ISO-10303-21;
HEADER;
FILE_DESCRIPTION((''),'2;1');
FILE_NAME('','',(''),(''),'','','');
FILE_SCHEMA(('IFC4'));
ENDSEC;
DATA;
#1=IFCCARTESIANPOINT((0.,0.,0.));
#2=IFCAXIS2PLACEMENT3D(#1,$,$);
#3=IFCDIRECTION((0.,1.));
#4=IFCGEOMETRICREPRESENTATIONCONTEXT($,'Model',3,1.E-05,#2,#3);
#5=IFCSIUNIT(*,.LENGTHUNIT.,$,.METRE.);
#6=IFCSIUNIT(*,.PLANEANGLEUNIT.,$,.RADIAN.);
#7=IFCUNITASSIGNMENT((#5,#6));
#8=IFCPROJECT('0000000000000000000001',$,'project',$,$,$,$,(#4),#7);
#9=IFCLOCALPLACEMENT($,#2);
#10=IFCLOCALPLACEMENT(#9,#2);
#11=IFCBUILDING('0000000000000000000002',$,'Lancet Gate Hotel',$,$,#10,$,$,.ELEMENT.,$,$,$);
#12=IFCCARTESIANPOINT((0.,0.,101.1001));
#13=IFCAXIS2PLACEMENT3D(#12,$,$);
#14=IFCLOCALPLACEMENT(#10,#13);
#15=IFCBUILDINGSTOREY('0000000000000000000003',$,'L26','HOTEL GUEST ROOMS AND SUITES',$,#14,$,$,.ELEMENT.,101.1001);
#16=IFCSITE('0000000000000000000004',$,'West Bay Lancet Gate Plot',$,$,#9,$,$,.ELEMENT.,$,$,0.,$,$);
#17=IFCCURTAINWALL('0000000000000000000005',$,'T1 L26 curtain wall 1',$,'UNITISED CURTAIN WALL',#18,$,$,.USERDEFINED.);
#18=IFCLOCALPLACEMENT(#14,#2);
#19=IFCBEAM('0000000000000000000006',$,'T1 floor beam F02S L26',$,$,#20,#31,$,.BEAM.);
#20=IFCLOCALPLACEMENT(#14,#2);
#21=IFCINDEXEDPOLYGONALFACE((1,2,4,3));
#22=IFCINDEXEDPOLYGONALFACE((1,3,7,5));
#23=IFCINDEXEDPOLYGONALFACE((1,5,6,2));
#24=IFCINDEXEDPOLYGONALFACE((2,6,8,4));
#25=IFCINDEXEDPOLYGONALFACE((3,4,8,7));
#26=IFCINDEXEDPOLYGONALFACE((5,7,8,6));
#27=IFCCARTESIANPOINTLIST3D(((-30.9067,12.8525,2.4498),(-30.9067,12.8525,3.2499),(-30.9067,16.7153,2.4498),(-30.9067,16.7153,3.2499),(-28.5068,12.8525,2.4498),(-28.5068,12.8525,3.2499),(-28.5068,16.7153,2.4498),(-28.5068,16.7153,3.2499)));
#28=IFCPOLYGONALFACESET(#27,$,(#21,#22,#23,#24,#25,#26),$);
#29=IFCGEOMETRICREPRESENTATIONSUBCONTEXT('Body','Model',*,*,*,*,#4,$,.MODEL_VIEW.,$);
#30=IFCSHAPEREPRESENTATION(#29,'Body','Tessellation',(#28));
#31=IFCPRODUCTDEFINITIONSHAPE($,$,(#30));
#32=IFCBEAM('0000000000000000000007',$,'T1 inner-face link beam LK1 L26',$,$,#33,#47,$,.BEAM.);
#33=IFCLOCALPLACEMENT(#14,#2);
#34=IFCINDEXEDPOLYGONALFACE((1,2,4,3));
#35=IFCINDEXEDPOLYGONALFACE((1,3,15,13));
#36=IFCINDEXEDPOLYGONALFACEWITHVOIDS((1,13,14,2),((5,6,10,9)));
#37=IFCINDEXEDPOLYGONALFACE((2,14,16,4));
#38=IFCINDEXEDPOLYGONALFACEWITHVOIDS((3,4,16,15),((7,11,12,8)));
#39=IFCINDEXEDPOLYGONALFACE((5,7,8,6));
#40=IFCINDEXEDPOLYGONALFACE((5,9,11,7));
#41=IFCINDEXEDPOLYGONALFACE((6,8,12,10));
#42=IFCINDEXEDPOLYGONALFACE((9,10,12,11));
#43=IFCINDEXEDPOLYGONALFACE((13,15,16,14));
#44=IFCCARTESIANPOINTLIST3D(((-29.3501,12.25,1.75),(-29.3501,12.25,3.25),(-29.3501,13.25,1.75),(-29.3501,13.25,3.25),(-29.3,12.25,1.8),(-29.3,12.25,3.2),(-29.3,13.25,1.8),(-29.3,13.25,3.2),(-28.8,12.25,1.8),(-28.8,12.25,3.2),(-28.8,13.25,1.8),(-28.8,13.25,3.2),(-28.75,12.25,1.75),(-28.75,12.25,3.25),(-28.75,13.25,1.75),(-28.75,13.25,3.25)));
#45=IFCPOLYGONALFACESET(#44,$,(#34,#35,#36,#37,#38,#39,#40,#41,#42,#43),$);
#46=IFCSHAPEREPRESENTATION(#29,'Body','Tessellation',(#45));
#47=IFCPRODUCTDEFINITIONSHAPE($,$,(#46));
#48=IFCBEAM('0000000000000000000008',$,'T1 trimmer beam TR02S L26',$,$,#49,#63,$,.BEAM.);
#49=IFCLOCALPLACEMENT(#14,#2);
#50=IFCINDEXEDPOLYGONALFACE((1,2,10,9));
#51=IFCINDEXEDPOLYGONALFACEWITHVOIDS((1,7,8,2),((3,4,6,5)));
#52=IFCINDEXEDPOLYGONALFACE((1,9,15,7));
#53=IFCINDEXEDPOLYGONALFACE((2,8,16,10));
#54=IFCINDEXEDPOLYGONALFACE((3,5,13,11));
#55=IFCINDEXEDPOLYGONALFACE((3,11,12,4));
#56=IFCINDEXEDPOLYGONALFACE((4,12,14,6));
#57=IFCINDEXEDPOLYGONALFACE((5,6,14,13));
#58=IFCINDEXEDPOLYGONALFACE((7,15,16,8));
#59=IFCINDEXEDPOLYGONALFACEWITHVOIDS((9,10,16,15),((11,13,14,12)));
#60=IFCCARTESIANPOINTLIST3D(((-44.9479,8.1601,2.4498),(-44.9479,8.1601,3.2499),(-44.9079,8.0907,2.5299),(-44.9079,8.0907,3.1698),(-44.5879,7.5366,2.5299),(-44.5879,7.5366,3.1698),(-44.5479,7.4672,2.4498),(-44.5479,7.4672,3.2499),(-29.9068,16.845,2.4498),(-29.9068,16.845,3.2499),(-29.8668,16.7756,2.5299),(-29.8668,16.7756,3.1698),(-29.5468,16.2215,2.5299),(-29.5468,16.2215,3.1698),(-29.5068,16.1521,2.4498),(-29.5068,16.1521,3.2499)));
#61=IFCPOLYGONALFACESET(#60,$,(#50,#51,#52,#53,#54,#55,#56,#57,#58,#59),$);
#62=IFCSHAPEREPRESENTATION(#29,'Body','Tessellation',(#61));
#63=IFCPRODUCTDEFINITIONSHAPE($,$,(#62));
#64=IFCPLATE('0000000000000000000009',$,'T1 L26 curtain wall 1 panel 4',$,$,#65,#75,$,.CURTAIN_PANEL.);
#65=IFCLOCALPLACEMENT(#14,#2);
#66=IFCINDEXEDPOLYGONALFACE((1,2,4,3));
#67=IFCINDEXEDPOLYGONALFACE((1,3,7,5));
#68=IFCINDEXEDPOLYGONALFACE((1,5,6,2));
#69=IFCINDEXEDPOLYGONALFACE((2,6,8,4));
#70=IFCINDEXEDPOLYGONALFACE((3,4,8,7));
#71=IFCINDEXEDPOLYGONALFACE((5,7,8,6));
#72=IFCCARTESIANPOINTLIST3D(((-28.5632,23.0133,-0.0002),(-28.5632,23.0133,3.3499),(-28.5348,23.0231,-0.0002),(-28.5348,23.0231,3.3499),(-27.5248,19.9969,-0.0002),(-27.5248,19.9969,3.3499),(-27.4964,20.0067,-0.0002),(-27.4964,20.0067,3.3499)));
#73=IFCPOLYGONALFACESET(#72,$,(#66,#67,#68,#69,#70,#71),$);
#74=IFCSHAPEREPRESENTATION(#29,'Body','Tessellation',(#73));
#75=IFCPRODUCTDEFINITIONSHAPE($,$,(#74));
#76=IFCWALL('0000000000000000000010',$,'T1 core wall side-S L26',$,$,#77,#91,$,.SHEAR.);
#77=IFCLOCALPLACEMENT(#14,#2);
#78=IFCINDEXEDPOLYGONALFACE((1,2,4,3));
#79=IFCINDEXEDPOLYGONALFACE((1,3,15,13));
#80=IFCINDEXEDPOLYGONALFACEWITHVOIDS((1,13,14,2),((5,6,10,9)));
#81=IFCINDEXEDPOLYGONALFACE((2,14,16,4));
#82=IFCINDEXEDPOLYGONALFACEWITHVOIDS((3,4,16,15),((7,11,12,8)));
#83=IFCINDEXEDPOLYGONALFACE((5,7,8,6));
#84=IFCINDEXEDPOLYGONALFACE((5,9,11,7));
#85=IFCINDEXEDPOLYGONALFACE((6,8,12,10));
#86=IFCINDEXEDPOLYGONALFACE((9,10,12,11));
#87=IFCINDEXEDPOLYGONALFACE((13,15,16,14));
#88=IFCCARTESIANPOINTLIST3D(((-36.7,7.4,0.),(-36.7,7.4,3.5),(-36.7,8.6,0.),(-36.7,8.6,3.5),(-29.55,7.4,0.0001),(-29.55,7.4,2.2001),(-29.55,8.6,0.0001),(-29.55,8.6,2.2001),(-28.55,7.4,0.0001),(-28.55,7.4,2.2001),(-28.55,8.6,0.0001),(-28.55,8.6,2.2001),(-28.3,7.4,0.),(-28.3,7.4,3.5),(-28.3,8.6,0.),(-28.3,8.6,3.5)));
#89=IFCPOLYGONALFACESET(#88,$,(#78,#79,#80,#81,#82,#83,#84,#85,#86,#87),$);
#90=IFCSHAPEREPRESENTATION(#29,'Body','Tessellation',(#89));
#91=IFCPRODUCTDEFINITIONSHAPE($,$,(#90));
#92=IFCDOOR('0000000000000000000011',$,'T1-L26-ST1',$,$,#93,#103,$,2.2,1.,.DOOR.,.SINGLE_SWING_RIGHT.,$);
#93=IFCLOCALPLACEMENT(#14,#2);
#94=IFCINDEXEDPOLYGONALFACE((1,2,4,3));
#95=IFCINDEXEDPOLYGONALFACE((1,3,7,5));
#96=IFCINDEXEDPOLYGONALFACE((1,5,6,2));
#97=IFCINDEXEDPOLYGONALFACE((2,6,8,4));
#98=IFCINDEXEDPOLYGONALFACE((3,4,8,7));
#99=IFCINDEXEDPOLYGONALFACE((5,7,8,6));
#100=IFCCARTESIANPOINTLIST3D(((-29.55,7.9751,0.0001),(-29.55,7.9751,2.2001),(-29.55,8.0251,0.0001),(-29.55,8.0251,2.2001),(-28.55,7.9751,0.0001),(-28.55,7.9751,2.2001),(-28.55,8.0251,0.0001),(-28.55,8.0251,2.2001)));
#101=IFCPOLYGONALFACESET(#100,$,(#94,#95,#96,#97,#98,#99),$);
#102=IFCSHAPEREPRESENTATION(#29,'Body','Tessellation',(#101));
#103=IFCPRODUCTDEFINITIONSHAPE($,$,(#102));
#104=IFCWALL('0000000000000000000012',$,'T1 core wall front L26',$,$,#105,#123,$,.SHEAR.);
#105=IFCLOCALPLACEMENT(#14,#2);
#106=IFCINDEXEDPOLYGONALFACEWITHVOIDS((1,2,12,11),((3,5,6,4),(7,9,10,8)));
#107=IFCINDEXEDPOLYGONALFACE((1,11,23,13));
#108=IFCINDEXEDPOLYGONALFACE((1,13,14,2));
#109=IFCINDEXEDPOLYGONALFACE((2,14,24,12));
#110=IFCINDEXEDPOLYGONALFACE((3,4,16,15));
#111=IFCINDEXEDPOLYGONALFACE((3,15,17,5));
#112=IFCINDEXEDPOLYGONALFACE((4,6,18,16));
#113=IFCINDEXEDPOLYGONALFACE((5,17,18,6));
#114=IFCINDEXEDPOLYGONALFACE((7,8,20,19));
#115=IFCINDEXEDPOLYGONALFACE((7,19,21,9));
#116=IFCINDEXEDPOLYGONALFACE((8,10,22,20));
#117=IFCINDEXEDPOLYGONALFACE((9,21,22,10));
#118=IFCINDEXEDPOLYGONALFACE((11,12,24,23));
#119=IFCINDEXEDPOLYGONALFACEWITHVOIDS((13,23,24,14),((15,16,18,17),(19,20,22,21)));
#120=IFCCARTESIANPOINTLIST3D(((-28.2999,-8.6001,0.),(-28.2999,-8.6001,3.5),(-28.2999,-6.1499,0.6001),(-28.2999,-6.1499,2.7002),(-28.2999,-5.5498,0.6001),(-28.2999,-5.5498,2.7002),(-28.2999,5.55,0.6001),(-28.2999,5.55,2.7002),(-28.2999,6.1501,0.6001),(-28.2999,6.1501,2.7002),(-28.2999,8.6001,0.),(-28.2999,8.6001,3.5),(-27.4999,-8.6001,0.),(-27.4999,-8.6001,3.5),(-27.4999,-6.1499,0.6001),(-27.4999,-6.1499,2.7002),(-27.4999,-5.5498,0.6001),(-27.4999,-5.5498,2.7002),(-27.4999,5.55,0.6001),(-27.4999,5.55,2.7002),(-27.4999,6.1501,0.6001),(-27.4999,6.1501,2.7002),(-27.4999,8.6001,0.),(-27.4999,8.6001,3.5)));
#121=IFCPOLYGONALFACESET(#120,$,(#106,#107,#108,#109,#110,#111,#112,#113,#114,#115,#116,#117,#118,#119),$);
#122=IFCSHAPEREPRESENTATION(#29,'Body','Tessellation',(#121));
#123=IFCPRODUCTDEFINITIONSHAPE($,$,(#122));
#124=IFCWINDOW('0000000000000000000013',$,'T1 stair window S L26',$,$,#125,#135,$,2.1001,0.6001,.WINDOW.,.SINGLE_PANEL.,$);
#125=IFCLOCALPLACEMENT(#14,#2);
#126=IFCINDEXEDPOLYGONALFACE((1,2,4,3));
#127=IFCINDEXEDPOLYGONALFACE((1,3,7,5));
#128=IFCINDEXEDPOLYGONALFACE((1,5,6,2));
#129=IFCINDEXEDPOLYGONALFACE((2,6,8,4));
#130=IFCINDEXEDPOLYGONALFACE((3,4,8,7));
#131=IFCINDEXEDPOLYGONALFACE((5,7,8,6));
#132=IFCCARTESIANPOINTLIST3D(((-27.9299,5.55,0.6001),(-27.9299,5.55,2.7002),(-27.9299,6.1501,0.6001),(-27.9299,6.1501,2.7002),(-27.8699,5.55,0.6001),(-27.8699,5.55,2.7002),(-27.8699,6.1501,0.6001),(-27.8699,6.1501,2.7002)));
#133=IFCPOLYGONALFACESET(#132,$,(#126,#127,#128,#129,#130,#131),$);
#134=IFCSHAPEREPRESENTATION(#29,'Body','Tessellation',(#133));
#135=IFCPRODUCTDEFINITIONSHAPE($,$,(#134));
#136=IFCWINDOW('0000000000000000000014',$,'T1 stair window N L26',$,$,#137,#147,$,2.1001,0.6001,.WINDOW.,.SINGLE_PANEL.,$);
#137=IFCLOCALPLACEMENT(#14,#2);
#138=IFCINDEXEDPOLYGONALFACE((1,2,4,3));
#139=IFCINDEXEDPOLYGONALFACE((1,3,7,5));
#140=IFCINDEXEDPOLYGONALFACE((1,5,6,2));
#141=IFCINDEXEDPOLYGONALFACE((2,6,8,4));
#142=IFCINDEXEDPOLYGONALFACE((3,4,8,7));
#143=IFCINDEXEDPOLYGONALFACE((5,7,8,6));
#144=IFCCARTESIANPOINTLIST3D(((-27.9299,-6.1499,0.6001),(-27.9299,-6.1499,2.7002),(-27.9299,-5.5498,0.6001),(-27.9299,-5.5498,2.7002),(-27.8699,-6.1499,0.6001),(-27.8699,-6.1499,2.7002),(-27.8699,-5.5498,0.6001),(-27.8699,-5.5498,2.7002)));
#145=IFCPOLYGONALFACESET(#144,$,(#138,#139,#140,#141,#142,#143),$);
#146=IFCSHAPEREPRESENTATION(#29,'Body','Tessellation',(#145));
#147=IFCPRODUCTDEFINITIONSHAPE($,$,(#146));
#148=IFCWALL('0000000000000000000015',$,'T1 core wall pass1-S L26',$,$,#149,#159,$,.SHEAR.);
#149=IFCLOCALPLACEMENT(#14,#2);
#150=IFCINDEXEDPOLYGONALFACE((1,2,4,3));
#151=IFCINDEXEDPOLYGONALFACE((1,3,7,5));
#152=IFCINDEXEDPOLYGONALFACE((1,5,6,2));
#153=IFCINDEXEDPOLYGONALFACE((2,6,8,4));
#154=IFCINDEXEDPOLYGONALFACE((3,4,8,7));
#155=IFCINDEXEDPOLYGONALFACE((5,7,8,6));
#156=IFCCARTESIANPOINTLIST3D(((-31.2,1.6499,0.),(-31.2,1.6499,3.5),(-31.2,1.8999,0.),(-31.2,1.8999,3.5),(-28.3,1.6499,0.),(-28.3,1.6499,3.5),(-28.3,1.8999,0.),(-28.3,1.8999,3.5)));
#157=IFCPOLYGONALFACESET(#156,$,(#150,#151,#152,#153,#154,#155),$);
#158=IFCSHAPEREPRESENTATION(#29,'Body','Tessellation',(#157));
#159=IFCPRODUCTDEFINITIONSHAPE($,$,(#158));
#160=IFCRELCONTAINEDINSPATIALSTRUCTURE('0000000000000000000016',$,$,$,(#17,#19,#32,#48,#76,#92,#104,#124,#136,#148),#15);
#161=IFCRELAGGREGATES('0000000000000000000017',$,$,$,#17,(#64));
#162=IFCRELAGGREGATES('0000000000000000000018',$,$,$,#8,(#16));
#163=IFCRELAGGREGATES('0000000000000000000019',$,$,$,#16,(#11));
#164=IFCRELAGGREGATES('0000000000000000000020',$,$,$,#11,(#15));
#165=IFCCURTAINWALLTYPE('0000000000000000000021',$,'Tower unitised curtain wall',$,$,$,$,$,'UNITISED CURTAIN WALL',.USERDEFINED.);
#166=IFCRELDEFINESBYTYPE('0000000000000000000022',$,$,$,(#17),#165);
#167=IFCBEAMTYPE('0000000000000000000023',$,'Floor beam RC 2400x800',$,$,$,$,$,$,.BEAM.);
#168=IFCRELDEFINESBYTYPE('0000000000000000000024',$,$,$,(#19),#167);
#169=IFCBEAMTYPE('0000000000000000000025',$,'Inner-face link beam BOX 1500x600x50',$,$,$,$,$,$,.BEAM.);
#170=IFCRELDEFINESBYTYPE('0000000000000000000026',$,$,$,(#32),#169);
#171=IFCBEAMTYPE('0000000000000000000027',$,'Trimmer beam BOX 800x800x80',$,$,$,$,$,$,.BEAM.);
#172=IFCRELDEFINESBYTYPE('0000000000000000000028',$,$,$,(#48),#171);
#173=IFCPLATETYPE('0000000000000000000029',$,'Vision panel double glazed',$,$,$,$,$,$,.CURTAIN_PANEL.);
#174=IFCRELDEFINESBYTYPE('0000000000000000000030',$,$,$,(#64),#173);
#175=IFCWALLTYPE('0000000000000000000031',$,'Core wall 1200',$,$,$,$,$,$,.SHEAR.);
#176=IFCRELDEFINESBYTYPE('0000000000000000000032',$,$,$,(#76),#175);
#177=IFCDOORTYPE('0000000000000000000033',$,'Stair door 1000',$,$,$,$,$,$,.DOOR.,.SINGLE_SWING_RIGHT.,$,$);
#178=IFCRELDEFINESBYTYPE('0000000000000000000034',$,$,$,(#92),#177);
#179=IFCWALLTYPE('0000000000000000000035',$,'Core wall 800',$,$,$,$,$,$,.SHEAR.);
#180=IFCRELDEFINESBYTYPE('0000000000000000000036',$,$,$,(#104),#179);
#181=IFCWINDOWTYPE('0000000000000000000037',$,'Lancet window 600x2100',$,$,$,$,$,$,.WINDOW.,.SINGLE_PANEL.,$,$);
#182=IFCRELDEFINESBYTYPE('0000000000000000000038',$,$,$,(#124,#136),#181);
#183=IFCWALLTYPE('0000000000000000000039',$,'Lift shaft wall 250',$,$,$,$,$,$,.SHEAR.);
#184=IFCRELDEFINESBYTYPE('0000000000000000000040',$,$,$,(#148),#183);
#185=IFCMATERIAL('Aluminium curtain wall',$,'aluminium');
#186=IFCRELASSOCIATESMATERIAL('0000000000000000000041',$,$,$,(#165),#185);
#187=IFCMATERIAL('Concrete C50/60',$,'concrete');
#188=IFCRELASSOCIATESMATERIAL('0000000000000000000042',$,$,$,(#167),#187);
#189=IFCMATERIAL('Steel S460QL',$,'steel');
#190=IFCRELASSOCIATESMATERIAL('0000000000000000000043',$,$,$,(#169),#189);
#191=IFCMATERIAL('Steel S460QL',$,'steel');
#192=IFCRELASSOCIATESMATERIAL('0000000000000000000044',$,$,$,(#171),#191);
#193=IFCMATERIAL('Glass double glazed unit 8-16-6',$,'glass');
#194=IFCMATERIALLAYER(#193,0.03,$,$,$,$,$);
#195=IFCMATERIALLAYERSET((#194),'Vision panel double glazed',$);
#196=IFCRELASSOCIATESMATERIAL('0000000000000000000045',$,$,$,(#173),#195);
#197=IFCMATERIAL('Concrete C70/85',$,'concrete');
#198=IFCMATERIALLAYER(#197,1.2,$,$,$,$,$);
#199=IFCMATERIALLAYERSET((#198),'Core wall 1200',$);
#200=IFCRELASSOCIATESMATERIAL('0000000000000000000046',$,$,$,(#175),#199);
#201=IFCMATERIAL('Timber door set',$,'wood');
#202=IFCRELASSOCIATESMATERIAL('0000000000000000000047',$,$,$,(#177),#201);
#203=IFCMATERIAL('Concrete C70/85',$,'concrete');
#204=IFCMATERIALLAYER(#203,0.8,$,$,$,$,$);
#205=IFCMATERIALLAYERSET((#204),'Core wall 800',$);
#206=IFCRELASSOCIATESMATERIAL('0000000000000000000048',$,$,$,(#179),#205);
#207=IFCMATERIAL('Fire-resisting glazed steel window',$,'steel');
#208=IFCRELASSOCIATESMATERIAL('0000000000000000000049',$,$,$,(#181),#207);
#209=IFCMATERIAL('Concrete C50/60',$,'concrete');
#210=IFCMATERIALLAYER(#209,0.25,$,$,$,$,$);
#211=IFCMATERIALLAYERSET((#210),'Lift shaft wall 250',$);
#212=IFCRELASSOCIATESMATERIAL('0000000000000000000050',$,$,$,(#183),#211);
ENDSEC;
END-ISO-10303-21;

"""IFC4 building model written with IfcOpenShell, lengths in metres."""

from ifc_helpers import new_model, si_unit, direction, frame, frame_2d, origin, origin_2d, place, context, subcontext, project, spatial, rectangle, hollow_rectangle, extrude, material, layer, layer_set, material_profile, profile_set, type_object, element, fill, aggregate, save


model = new_model("IFC4")

# Units and contexts
model_context = context("Model", 3, precision=1e-05, world=origin(), true_north=direction((0.0, 1.0)))
body_context = subcontext(model_context, "Body", "Model", "MODEL_VIEW")
ifc_project = project(units=[si_unit("LENGTHUNIT", "METRE"), si_unit("PLANEANGLEUNIT", "RADIAN")], contexts=[model_context])

# Site, building, storey
site_placement = place(None, origin())
site = spatial("IfcSite", under=ifc_project, at=site_placement, Name="West Bay Lancet Gate Plot", CompositionType="ELEMENT", RefElevation=0.0)
building_placement = place(site_placement, origin())
building = spatial("IfcBuilding", under=site, at=building_placement, Name="Lancet Gate Hotel", CompositionType="ELEMENT")
storey_placement = place(building_placement, frame((0.0, 0.0, 101.1001)))
storey = spatial("IfcBuildingStorey", under=building, at=storey_placement, Name="L26", Description="HOTEL GUEST ROOMS AND SUITES", CompositionType="ELEMENT", Elevation=101.1001)

# Curtain wall
ifc_material_1 = material(Name="Aluminium curtain wall", Category="aluminium")
curtain_wall_type = type_object("IfcCurtainWallType", Name="Tower unitised curtain wall", ElementType="UNITISED CURTAIN WALL", PredefinedType="USERDEFINED", material=ifc_material_1)
curtain_wall_placement = place(storey_placement, origin())
curtain_wall = element("IfcCurtainWall", 1, at=curtain_wall_placement, inside=storey, type_object=curtain_wall_type, Name="T1 L26 curtain wall 1", ObjectType="UNITISED CURTAIN WALL", PredefinedType="USERDEFINED")

# Beams
ifc_material_2 = material(Name="Concrete C50/60", Category="concrete")
ifc_material_profile_1 = material_profile(ifc_material_2, rectangle(XDim=2.3999, YDim=0.8, at=origin_2d()), Name="RC 2400x800")
ifc_profile_set_1 = profile_set([ifc_material_profile_1], Name="Concrete C50/60")
beam_type_1 = type_object("IfcBeamType", Name="Floor beam RC 2400x800", PredefinedType="BEAM", material=ifc_profile_set_1)
beam_1_placement = place(storey_placement, frame((-29.7068, 16.7153, 2.8499), z_axis=(0.0, -1.0, 0.0), x_axis=(1.0, 0.0, 0.0)))
element("IfcBeam", 2, at=beam_1_placement, inside=storey, type_object=beam_type_1, Name="T1 floor beam F02S L26", PredefinedType="BEAM", context=body_context, shape_type="SweptSolid", body=[
    extrude(rectangle(XDim=2.3999, YDim=0.8, at=origin_2d()), origin(), (0.0, 0.0, 1.0), 3.8628),
])
ifc_material_3 = material(Name="Steel S460QL", Category="steel")
ifc_material_profile_2 = material_profile(ifc_material_3, hollow_rectangle(XDim=0.6001, YDim=1.5, WallThickness=0.05, at=origin_2d()), Name="BOX 1500x600x50")
ifc_profile_set_2 = profile_set([ifc_material_profile_2], Name="Steel S460QL")
beam_type_2 = type_object("IfcBeamType", Name="Inner-face link beam BOX 1500x600x50", PredefinedType="BEAM", material=ifc_profile_set_2)
beam_2_placement = place(storey_placement, frame((-29.05, 13.25, 2.5), z_axis=(0.0, -1.0, 0.0), x_axis=(1.0, 0.0, 0.0)))
element("IfcBeam", 3, at=beam_2_placement, inside=storey, type_object=beam_type_2, Name="T1 inner-face link beam LK1 L26", PredefinedType="BEAM", context=body_context, shape_type="SweptSolid", body=[
    extrude(hollow_rectangle(XDim=0.6001, YDim=1.5, WallThickness=0.05, at=origin_2d()), origin(), (0.0, 0.0, 1.0), 1.0),
])
ifc_material_4 = material(Name="Steel S460QL", Category="steel")
ifc_material_profile_3 = material_profile(ifc_material_4, hollow_rectangle(XDim=0.8, YDim=0.8, WallThickness=0.0801, at=origin_2d()), Name="BOX 800x800x80")
ifc_profile_set_3 = profile_set([ifc_material_profile_3], Name="Steel S460QL")
beam_type_3 = type_object("IfcBeamType", Name="Trimmer beam BOX 800x800x80", PredefinedType="BEAM", material=ifc_profile_set_3)
beam_3_placement = place(storey_placement, frame((-29.7068, 16.4985, 2.8499), z_axis=(-0.866003, -0.500038, 0.0), x_axis=(0.500038, -0.866003, 0.0)))
element("IfcBeam", 4, at=beam_3_placement, inside=storey, type_object=beam_type_3, Name="T1 trimmer beam TR02S L26", PredefinedType="BEAM", context=body_context, shape_type="SweptSolid", body=[
    extrude(hollow_rectangle(XDim=0.8, YDim=0.8, WallThickness=0.0801, at=origin_2d()), origin(), (0.0, 0.0, 1.0), 17.3684),
])

# Plate
ifc_material_5 = material(Name="Glass double glazed unit 8-16-6", Category="glass")
ifc_layer_1 = layer(ifc_material_5, 0.03)
ifc_layer_set_1 = layer_set([ifc_layer_1], Name="Vision panel double glazed")
plate_type = type_object("IfcPlateType", Name="Vision panel double glazed", PredefinedType="CURTAIN_PANEL", material=ifc_layer_set_1)
plate_placement = place(storey_placement, frame((-28.0298, 21.51, -0.0002), z_axis=(0.0, 0.0, 1.0), x_axis=(-0.325516, 0.945537, 0.0)))
plate = element("IfcPlate", 5, at=plate_placement, type_object=plate_type, Name="T1 L26 curtain wall 1 panel 4", PredefinedType="CURTAIN_PANEL", context=body_context, shape_type="SweptSolid", body=[
    extrude(rectangle(XDim=3.1902, YDim=0.03, at=origin_2d()), origin(), (0.0, 0.0, 1.0), 3.3501),
])
aggregate(curtain_wall, [plate])

# Wall, opening, door
ifc_material_6 = material(Name="Concrete C70/85", Category="concrete")
ifc_layer_2 = layer(ifc_material_6, 1.2)
ifc_layer_set_2 = layer_set([ifc_layer_2], Name="Core wall 1200")
wall_type_1 = type_object("IfcWallType", Name="Core wall 1200", PredefinedType="SHEAR", material=ifc_layer_set_2)
wall_1_placement = place(storey_placement, frame((-28.3, 8.0, 0.0), z_axis=(0.0, 0.0, 1.0), x_axis=(-1.0, 0.0, 0.0)))
wall_1 = element("IfcWall", 6, at=wall_1_placement, inside=storey, type_object=wall_type_1, Name="T1 core wall side-S L26", PredefinedType="SHEAR", context=body_context, shape_type="SweptSolid", body=[
    extrude(rectangle(XDim=8.3999, YDim=1.2, at=frame_2d((4.2, 0.0))), origin(), (0.0, 0.0, 1.0), 3.5),
])
opening_1_placement = place(wall_1_placement, frame((0.25, 0.0, 0.0)))
opening_1 = element("IfcOpeningElement", 7, at=opening_1_placement, cuts=wall_1, PredefinedType="OPENING", context=body_context, shape_type="SweptSolid", body=[
    extrude(rectangle(XDim=1.0, YDim=2.2, at=frame_2d((0.5, 1.1001))), frame((0.0, 0.6099, 0.0), z_axis=(0.0, -1.0, 0.0), x_axis=(1.0, 0.0, 0.0)), (0.0, 0.0, 1.0), 1.22),
])
ifc_material_7 = material(Name="Timber door set", Category="wood")
door_type = type_object("IfcDoorType", Name="Stair door 1000", OperationType="SINGLE_SWING_RIGHT", PredefinedType="DOOR", material=ifc_material_7)
door_placement = place(opening_1_placement, origin())
door = element("IfcDoor", 8, at=door_placement, inside=storey, type_object=door_type, Name="T1-L26-ST1", OperationType="SINGLE_SWING_RIGHT", OverallHeight=2.2, OverallWidth=1.0, PredefinedType="DOOR", context=body_context, shape_type="SweptSolid", body=[
    extrude(rectangle(XDim=1.0, YDim=2.2, at=frame_2d((0.5, 1.1001))), frame((0.0, 0.0249, 0.0), z_axis=(0.0, -1.0, 0.0), x_axis=(1.0, 0.0, 0.0)), (0.0, 0.0, 1.0), 0.05),
])
fill(opening_1, door)

# Wall, openings, windows
ifc_material_8 = material(Name="Concrete C70/85", Category="concrete")
ifc_layer_3 = layer(ifc_material_8, 0.8)
ifc_layer_set_3 = layer_set([ifc_layer_3], Name="Core wall 800")
wall_type_2 = type_object("IfcWallType", Name="Core wall 800", PredefinedType="SHEAR", material=ifc_layer_set_3)
wall_2_placement = place(storey_placement, frame((-27.8999, 8.6001, 0.0), z_axis=(0.0, 0.0, 1.0), x_axis=(0.0, -1.0, 0.0)))
wall_2 = element("IfcWall", 9, at=wall_2_placement, inside=storey, type_object=wall_type_2, Name="T1 core wall front L26", PredefinedType="SHEAR", context=body_context, shape_type="SweptSolid", body=[
    extrude(rectangle(XDim=17.2002, YDim=0.8, at=frame_2d((8.6001, 0.0))), origin(), (0.0, 0.0, 1.0), 3.5),
])
opening_2_placement = place(wall_2_placement, frame((2.45, 0.0, 0.6001)))
opening_2 = element("IfcOpeningElement", 10, at=opening_2_placement, cuts=wall_2, PredefinedType="OPENING", context=body_context, shape_type="SweptSolid", body=[
    extrude(rectangle(XDim=0.6001, YDim=2.1001, at=frame_2d((0.3, 1.05))), frame((0.0, 0.4099, 0.0), z_axis=(0.0, -1.0, 0.0), x_axis=(1.0, 0.0, 0.0)), (0.0, 0.0, 1.0), 0.8201),
])
opening_3_placement = place(wall_2_placement, frame((14.1499, 0.0, 0.6001)))
opening_3 = element("IfcOpeningElement", 11, at=opening_3_placement, cuts=wall_2, PredefinedType="OPENING", context=body_context, shape_type="SweptSolid", body=[
    extrude(rectangle(XDim=0.6001, YDim=2.1001, at=frame_2d((0.3, 1.05))), frame((0.0, 0.4099, 0.0), z_axis=(0.0, -1.0, 0.0), x_axis=(1.0, 0.0, 0.0)), (0.0, 0.0, 1.0), 0.8201),
])
ifc_material_9 = material(Name="Fire-resisting glazed steel window", Category="steel")
window_type = type_object("IfcWindowType", Name="Lancet window 600x2100", PartitioningType="SINGLE_PANEL", PredefinedType="WINDOW", material=ifc_material_9)
window_1_placement = place(opening_2_placement, origin())
window_1 = element("IfcWindow", 12, at=window_1_placement, inside=storey, type_object=window_type, Name="T1 stair window S L26", OverallHeight=2.1001, OverallWidth=0.6001, PartitioningType="SINGLE_PANEL", PredefinedType="WINDOW", context=body_context, shape_type="SweptSolid", body=[
    extrude(rectangle(XDim=0.6001, YDim=2.1001, at=frame_2d((0.3, 1.05))), frame((0.0, 0.03, 0.0), z_axis=(0.0, -1.0, 0.0), x_axis=(1.0, 0.0, 0.0)), (0.0, 0.0, 1.0), 0.0601),
])
fill(opening_2, window_1)
window_2_placement = place(opening_3_placement, origin())
window_2 = element("IfcWindow", 13, at=window_2_placement, inside=storey, type_object=window_type, Name="T1 stair window N L26", OverallHeight=2.1001, OverallWidth=0.6001, PartitioningType="SINGLE_PANEL", PredefinedType="WINDOW", context=body_context, shape_type="SweptSolid", body=[
    extrude(rectangle(XDim=0.6001, YDim=2.1001, at=frame_2d((0.3, 1.05))), frame((0.0, 0.03, 0.0), z_axis=(0.0, -1.0, 0.0), x_axis=(1.0, 0.0, 0.0)), (0.0, 0.0, 1.0), 0.0601),
])
fill(opening_3, window_2)

# Wall
ifc_material_10 = material(Name="Concrete C50/60", Category="concrete")
ifc_layer_4 = layer(ifc_material_10, 0.25)
ifc_layer_set_4 = layer_set([ifc_layer_4], Name="Lift shaft wall 250")
wall_type_3 = type_object("IfcWallType", Name="Lift shaft wall 250", PredefinedType="SHEAR", material=ifc_layer_set_4)
wall_3_placement = place(storey_placement, frame((-28.3, 1.7749, 0.0), z_axis=(0.0, 0.0, 1.0), x_axis=(-1.0, 0.0, 0.0)))
element("IfcWall", 14, at=wall_3_placement, inside=storey, type_object=wall_type_3, Name="T1 core wall pass1-S L26", PredefinedType="SHEAR", context=body_context, shape_type="SweptSolid", body=[
    extrude(rectangle(XDim=2.8999, YDim=0.25, at=frame_2d((1.45, 0.0))), origin(), (0.0, 0.0, 1.0), 3.5),
])

save(model, "model.ifc")
